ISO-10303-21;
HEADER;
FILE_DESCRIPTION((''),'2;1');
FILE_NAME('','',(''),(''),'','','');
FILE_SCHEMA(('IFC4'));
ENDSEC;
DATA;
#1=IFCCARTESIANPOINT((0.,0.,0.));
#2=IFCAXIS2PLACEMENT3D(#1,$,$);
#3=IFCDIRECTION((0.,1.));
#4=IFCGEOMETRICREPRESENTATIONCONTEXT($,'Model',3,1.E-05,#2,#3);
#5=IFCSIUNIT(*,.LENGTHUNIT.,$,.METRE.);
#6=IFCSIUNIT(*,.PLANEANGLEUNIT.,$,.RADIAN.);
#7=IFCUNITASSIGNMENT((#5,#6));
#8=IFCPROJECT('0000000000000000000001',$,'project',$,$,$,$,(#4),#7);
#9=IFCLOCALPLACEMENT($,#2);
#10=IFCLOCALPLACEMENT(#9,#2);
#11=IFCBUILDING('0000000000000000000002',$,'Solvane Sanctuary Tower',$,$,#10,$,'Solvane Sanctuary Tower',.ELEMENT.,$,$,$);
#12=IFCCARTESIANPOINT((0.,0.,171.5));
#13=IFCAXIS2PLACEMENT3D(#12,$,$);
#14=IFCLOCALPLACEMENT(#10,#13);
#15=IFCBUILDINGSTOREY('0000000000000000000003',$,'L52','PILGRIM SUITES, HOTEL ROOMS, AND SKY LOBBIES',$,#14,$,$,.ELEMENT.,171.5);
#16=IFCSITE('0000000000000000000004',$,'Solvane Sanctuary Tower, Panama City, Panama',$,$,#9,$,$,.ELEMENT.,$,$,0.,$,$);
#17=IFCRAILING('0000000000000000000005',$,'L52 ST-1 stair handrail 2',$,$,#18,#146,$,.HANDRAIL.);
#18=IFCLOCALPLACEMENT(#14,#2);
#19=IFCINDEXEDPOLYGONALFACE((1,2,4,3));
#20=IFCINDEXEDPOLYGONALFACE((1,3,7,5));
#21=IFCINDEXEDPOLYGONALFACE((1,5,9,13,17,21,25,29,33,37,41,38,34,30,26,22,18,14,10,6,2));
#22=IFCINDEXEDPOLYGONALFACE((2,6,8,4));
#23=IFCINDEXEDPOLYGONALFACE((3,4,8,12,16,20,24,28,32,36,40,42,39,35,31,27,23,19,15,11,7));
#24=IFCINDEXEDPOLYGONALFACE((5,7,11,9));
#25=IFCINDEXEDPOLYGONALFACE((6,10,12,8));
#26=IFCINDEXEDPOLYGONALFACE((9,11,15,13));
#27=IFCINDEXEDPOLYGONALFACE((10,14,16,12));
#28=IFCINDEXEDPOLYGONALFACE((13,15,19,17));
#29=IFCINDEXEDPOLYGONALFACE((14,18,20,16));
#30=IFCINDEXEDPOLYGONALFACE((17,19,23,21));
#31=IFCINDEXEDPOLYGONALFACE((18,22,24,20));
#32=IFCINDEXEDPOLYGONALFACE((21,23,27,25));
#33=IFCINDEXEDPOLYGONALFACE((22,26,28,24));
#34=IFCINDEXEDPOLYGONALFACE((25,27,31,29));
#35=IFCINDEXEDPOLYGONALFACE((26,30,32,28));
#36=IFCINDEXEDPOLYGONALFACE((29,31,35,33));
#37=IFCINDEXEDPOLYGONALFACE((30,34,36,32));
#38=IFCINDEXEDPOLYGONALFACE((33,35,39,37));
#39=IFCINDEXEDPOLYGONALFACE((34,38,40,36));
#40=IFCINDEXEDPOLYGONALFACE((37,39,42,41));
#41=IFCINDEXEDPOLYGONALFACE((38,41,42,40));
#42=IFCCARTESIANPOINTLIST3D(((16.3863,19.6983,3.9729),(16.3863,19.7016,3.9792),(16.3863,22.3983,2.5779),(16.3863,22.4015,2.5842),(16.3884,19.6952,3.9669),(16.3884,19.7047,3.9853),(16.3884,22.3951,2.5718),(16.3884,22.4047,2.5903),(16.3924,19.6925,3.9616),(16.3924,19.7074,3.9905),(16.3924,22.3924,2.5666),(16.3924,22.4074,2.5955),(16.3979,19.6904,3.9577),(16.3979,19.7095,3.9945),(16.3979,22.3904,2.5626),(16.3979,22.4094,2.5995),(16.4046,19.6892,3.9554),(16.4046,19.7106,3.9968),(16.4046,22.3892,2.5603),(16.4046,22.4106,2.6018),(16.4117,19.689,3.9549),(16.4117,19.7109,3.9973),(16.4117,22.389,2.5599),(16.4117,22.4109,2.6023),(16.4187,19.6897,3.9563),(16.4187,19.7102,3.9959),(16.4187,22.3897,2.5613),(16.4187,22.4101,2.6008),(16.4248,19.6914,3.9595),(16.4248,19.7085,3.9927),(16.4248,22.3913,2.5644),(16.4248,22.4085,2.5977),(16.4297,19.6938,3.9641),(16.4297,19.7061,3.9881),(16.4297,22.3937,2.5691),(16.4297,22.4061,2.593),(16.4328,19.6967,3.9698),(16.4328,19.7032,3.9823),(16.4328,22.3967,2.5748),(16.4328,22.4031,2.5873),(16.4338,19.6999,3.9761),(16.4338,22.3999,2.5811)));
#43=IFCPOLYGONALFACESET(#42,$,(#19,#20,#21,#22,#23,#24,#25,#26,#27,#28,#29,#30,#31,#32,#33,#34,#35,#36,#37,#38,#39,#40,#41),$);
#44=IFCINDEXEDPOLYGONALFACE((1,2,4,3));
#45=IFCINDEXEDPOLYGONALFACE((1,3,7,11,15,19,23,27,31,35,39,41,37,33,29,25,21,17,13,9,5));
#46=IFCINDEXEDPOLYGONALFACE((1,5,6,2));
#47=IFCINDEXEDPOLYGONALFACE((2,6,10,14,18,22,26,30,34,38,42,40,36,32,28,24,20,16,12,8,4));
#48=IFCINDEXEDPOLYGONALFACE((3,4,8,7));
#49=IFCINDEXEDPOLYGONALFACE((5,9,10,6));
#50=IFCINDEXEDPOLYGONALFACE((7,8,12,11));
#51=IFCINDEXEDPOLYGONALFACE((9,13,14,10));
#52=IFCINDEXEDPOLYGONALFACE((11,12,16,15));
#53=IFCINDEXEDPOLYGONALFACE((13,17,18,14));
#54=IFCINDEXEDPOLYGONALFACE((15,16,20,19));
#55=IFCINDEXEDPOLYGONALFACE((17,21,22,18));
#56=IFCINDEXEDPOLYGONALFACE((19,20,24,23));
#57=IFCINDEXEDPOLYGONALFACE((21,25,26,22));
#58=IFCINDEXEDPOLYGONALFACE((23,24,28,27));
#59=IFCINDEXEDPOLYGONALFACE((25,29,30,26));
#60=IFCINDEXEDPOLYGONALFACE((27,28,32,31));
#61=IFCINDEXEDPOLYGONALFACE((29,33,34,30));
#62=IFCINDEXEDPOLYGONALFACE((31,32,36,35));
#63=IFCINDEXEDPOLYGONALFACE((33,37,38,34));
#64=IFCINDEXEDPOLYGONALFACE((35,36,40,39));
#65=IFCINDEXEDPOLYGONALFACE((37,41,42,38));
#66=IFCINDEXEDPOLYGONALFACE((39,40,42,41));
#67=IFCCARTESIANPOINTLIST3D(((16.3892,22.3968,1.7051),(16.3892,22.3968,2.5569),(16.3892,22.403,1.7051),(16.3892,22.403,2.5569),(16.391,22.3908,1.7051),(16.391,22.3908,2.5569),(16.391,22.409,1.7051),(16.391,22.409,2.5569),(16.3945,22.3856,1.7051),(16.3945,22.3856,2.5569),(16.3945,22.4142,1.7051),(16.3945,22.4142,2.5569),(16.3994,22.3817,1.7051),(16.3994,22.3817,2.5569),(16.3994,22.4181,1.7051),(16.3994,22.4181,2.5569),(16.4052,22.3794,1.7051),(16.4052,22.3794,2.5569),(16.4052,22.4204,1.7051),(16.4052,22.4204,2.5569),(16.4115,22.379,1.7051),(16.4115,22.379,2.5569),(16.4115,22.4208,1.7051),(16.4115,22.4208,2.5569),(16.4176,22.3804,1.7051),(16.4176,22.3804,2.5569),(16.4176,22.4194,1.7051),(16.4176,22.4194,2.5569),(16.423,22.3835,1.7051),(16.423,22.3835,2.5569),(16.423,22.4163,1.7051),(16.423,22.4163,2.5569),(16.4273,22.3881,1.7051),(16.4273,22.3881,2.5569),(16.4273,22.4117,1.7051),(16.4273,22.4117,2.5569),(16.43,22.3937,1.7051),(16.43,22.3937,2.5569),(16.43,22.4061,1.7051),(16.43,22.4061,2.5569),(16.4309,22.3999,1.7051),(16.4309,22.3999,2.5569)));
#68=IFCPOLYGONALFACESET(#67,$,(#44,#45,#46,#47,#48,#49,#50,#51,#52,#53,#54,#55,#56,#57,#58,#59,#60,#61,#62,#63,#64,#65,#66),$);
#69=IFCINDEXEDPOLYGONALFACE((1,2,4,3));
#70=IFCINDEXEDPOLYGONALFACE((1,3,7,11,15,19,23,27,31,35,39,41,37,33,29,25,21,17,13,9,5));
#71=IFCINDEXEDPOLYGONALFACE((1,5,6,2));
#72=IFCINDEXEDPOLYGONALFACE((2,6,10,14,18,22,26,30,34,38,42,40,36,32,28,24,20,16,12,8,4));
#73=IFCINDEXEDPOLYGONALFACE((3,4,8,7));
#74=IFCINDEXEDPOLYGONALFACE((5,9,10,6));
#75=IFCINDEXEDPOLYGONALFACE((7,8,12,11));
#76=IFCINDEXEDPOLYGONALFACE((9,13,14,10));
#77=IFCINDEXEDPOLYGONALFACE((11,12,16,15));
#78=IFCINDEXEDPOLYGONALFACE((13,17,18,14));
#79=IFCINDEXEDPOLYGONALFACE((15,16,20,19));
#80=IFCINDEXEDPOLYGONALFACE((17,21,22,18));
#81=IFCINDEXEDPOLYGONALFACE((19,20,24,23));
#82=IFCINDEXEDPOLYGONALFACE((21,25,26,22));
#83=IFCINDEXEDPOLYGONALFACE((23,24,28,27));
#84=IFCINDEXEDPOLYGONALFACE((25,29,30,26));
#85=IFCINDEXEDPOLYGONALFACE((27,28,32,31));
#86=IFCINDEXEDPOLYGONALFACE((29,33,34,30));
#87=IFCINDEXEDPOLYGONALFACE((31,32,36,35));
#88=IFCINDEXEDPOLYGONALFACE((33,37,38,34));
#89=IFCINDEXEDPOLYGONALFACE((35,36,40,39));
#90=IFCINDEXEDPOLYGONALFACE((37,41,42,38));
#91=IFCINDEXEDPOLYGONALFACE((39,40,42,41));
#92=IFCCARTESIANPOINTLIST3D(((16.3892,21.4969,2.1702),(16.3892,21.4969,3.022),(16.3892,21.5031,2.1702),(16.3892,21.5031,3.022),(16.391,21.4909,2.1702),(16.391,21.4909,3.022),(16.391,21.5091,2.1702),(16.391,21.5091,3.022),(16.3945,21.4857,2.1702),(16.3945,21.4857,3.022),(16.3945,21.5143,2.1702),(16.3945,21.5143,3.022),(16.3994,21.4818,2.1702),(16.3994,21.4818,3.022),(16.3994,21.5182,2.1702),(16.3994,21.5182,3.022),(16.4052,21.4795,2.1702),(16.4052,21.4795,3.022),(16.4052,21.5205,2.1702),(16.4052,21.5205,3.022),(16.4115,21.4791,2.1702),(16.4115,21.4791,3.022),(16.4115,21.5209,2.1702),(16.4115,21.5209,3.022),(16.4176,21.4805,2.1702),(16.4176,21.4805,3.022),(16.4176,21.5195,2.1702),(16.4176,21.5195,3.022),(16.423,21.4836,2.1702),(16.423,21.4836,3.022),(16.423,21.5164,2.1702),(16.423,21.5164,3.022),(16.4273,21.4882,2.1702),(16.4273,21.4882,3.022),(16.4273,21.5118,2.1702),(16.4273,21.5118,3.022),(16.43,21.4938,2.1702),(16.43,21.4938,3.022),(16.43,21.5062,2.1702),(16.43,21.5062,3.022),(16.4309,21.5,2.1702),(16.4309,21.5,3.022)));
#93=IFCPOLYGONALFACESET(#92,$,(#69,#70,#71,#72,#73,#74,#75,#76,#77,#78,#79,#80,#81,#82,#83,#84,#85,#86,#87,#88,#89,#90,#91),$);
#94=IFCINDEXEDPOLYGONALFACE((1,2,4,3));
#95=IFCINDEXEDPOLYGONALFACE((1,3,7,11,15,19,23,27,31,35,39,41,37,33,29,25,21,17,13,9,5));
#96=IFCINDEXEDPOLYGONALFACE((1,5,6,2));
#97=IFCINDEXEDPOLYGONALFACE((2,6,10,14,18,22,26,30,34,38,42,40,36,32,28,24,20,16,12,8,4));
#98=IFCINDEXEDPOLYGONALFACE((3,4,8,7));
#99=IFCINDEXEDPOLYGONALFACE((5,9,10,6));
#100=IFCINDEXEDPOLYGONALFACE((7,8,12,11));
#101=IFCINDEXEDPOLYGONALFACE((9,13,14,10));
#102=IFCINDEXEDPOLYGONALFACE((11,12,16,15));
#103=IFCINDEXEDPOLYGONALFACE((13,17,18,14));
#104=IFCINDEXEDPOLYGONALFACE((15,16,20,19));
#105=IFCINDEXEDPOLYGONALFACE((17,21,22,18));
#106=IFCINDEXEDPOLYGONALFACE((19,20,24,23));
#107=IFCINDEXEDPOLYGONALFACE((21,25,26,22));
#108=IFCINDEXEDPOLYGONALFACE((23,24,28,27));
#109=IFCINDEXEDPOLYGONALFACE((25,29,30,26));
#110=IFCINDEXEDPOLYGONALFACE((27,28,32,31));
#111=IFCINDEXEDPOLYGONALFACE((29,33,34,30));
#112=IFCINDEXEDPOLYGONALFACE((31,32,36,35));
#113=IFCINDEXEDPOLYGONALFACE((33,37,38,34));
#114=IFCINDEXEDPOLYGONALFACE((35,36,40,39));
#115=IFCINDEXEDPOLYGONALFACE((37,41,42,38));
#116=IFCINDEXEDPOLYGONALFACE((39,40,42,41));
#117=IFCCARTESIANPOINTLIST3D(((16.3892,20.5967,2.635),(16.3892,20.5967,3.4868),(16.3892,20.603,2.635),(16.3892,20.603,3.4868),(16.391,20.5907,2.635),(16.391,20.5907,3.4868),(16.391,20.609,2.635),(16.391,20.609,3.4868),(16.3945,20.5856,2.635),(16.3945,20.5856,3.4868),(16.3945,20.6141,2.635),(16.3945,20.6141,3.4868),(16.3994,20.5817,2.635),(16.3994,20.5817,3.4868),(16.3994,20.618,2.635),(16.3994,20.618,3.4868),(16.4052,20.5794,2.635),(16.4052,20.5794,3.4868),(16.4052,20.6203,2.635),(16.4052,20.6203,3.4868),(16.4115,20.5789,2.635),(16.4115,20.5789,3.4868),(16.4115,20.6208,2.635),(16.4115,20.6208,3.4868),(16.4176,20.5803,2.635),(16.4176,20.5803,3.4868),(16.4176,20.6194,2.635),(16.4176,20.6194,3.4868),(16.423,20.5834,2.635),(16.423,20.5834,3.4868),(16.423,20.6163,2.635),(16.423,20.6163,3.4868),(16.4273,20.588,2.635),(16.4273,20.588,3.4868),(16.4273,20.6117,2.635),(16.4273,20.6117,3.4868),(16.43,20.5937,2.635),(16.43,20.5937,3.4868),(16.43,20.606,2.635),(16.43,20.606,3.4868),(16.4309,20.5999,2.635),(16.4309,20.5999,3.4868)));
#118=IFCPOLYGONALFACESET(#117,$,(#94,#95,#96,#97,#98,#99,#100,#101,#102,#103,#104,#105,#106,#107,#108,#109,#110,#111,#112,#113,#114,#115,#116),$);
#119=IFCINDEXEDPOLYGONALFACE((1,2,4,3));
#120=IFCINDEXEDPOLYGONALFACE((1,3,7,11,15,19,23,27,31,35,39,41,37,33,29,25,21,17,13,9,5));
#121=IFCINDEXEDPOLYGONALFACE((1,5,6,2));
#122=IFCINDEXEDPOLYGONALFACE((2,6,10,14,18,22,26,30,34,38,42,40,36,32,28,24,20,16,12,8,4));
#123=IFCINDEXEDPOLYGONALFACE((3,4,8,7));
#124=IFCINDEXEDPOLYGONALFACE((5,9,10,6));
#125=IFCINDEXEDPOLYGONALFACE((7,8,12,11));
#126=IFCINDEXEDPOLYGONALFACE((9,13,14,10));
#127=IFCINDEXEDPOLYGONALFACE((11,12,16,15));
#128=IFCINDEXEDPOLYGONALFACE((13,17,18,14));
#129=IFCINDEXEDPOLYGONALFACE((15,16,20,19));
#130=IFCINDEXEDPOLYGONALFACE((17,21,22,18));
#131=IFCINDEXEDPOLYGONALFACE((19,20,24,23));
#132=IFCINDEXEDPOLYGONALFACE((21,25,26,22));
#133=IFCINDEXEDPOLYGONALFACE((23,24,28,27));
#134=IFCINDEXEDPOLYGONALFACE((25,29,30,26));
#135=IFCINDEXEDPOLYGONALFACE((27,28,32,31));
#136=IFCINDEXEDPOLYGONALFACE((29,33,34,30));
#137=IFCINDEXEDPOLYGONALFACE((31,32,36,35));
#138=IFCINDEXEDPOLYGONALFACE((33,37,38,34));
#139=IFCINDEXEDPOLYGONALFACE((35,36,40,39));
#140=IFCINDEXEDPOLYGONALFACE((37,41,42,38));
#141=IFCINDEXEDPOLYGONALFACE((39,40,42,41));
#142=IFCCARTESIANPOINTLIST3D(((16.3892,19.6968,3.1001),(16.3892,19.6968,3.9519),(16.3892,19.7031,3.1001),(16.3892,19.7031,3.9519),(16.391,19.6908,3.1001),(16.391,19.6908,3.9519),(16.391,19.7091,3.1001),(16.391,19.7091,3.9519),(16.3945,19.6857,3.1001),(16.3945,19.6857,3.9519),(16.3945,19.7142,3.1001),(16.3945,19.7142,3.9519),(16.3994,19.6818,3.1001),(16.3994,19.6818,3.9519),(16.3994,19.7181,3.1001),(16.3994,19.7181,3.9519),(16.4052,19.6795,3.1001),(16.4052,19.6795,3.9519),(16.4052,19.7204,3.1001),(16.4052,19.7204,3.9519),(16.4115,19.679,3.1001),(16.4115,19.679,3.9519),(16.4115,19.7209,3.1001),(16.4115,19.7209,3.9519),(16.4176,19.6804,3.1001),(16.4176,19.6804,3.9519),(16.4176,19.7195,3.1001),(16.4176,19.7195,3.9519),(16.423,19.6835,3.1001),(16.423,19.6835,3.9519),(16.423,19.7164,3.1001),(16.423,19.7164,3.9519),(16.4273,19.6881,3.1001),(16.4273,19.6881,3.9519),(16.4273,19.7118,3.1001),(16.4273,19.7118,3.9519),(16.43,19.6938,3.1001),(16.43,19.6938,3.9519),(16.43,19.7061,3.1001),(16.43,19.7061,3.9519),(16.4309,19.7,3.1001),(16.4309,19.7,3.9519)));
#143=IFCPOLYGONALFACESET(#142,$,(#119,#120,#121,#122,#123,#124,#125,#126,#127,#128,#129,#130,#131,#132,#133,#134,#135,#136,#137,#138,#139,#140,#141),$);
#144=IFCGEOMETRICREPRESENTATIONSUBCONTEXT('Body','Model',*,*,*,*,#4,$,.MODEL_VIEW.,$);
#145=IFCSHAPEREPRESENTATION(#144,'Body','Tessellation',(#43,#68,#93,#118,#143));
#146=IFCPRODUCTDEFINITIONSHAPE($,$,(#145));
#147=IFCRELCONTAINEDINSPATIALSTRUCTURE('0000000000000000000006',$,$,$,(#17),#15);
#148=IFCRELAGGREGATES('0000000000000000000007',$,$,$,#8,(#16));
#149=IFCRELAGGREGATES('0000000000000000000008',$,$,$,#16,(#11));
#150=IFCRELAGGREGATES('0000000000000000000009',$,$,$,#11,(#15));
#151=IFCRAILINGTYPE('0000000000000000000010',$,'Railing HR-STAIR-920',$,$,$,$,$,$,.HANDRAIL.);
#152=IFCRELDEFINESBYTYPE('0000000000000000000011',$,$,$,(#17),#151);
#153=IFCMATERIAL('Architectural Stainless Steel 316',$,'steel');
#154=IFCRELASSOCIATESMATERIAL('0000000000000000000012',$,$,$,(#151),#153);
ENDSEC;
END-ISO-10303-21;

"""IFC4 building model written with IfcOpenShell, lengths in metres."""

from ifc_helpers import new_model, si_unit, direction, frame, origin, origin_2d, place, context, subcontext, project, spatial, circle, extrude, material, type_object, element, save


model = new_model("IFC4")

# Units and contexts
model_context = context("Model", 3, precision=1e-05, world=origin(), true_north=direction((0.0, 1.0)))
body_context = subcontext(model_context, "Body", "Model", "MODEL_VIEW")
ifc_project = project(units=[si_unit("LENGTHUNIT", "METRE"), si_unit("PLANEANGLEUNIT", "RADIAN")], contexts=[model_context])

# Site, building, storey
site_placement = place(None, origin())
site = spatial("IfcSite", under=ifc_project, at=site_placement, Name="Solvane Sanctuary Tower, Panama City, Panama", CompositionType="ELEMENT", RefElevation=0.0)
building_placement = place(site_placement, origin())
building = spatial("IfcBuilding", under=site, at=building_placement, Name="Solvane Sanctuary Tower", LongName="Solvane Sanctuary Tower", CompositionType="ELEMENT")
storey_placement = place(building_placement, frame((0.0, 0.0, 171.5)))
storey = spatial("IfcBuildingStorey", under=building, at=storey_placement, Name="L52", Description="PILGRIM SUITES, HOTEL ROOMS, AND SKY LOBBIES", CompositionType="ELEMENT", Elevation=171.5)

# Shared definitions
ifc_material_1 = material(Name="Architectural Stainless Steel 316", Category="steel")

# Railing
railing_type_1 = type_object("IfcRailingType", Name="Railing HR-STAIR-920", PredefinedType="HANDRAIL", material=ifc_material_1)
railing_1_placement = place(storey_placement, frame((16.4099, 22.3999, 1.7051)))
element("IfcRailing", 1, at=railing_1_placement, inside=storey, type_object=railing_type_1, Name="L52 ST-1 stair handrail 2", PredefinedType="HANDRAIL", context=body_context, shape_type="SweptSolid", body=[
    extrude(circle(Radius=0.0239, at=origin_2d()), frame((0.0, 0.0, 0.876), z_axis=(0.0, -0.88842, 0.459032), x_axis=(1.0, 0.0, 0.0)), (0.0, 0.0, 1.0), 3.0391),
    extrude(circle(Radius=0.021, at=origin_2d()), origin(), (0.0, 0.0, 1.0), 0.8518),
    extrude(circle(Radius=0.021, at=origin_2d()), frame((0.0, -0.8999, 0.4651)), (0.0, 0.0, 1.0), 0.8518),
    extrude(circle(Radius=0.021, at=origin_2d()), frame((0.0, -1.8, 0.9299)), (0.0, 0.0, 1.0), 0.8518),
    extrude(circle(Radius=0.021, at=origin_2d()), frame((0.0, -2.7, 1.395)), (0.0, 0.0, 1.0), 0.8518),
])

save(model, "model.ifc")
